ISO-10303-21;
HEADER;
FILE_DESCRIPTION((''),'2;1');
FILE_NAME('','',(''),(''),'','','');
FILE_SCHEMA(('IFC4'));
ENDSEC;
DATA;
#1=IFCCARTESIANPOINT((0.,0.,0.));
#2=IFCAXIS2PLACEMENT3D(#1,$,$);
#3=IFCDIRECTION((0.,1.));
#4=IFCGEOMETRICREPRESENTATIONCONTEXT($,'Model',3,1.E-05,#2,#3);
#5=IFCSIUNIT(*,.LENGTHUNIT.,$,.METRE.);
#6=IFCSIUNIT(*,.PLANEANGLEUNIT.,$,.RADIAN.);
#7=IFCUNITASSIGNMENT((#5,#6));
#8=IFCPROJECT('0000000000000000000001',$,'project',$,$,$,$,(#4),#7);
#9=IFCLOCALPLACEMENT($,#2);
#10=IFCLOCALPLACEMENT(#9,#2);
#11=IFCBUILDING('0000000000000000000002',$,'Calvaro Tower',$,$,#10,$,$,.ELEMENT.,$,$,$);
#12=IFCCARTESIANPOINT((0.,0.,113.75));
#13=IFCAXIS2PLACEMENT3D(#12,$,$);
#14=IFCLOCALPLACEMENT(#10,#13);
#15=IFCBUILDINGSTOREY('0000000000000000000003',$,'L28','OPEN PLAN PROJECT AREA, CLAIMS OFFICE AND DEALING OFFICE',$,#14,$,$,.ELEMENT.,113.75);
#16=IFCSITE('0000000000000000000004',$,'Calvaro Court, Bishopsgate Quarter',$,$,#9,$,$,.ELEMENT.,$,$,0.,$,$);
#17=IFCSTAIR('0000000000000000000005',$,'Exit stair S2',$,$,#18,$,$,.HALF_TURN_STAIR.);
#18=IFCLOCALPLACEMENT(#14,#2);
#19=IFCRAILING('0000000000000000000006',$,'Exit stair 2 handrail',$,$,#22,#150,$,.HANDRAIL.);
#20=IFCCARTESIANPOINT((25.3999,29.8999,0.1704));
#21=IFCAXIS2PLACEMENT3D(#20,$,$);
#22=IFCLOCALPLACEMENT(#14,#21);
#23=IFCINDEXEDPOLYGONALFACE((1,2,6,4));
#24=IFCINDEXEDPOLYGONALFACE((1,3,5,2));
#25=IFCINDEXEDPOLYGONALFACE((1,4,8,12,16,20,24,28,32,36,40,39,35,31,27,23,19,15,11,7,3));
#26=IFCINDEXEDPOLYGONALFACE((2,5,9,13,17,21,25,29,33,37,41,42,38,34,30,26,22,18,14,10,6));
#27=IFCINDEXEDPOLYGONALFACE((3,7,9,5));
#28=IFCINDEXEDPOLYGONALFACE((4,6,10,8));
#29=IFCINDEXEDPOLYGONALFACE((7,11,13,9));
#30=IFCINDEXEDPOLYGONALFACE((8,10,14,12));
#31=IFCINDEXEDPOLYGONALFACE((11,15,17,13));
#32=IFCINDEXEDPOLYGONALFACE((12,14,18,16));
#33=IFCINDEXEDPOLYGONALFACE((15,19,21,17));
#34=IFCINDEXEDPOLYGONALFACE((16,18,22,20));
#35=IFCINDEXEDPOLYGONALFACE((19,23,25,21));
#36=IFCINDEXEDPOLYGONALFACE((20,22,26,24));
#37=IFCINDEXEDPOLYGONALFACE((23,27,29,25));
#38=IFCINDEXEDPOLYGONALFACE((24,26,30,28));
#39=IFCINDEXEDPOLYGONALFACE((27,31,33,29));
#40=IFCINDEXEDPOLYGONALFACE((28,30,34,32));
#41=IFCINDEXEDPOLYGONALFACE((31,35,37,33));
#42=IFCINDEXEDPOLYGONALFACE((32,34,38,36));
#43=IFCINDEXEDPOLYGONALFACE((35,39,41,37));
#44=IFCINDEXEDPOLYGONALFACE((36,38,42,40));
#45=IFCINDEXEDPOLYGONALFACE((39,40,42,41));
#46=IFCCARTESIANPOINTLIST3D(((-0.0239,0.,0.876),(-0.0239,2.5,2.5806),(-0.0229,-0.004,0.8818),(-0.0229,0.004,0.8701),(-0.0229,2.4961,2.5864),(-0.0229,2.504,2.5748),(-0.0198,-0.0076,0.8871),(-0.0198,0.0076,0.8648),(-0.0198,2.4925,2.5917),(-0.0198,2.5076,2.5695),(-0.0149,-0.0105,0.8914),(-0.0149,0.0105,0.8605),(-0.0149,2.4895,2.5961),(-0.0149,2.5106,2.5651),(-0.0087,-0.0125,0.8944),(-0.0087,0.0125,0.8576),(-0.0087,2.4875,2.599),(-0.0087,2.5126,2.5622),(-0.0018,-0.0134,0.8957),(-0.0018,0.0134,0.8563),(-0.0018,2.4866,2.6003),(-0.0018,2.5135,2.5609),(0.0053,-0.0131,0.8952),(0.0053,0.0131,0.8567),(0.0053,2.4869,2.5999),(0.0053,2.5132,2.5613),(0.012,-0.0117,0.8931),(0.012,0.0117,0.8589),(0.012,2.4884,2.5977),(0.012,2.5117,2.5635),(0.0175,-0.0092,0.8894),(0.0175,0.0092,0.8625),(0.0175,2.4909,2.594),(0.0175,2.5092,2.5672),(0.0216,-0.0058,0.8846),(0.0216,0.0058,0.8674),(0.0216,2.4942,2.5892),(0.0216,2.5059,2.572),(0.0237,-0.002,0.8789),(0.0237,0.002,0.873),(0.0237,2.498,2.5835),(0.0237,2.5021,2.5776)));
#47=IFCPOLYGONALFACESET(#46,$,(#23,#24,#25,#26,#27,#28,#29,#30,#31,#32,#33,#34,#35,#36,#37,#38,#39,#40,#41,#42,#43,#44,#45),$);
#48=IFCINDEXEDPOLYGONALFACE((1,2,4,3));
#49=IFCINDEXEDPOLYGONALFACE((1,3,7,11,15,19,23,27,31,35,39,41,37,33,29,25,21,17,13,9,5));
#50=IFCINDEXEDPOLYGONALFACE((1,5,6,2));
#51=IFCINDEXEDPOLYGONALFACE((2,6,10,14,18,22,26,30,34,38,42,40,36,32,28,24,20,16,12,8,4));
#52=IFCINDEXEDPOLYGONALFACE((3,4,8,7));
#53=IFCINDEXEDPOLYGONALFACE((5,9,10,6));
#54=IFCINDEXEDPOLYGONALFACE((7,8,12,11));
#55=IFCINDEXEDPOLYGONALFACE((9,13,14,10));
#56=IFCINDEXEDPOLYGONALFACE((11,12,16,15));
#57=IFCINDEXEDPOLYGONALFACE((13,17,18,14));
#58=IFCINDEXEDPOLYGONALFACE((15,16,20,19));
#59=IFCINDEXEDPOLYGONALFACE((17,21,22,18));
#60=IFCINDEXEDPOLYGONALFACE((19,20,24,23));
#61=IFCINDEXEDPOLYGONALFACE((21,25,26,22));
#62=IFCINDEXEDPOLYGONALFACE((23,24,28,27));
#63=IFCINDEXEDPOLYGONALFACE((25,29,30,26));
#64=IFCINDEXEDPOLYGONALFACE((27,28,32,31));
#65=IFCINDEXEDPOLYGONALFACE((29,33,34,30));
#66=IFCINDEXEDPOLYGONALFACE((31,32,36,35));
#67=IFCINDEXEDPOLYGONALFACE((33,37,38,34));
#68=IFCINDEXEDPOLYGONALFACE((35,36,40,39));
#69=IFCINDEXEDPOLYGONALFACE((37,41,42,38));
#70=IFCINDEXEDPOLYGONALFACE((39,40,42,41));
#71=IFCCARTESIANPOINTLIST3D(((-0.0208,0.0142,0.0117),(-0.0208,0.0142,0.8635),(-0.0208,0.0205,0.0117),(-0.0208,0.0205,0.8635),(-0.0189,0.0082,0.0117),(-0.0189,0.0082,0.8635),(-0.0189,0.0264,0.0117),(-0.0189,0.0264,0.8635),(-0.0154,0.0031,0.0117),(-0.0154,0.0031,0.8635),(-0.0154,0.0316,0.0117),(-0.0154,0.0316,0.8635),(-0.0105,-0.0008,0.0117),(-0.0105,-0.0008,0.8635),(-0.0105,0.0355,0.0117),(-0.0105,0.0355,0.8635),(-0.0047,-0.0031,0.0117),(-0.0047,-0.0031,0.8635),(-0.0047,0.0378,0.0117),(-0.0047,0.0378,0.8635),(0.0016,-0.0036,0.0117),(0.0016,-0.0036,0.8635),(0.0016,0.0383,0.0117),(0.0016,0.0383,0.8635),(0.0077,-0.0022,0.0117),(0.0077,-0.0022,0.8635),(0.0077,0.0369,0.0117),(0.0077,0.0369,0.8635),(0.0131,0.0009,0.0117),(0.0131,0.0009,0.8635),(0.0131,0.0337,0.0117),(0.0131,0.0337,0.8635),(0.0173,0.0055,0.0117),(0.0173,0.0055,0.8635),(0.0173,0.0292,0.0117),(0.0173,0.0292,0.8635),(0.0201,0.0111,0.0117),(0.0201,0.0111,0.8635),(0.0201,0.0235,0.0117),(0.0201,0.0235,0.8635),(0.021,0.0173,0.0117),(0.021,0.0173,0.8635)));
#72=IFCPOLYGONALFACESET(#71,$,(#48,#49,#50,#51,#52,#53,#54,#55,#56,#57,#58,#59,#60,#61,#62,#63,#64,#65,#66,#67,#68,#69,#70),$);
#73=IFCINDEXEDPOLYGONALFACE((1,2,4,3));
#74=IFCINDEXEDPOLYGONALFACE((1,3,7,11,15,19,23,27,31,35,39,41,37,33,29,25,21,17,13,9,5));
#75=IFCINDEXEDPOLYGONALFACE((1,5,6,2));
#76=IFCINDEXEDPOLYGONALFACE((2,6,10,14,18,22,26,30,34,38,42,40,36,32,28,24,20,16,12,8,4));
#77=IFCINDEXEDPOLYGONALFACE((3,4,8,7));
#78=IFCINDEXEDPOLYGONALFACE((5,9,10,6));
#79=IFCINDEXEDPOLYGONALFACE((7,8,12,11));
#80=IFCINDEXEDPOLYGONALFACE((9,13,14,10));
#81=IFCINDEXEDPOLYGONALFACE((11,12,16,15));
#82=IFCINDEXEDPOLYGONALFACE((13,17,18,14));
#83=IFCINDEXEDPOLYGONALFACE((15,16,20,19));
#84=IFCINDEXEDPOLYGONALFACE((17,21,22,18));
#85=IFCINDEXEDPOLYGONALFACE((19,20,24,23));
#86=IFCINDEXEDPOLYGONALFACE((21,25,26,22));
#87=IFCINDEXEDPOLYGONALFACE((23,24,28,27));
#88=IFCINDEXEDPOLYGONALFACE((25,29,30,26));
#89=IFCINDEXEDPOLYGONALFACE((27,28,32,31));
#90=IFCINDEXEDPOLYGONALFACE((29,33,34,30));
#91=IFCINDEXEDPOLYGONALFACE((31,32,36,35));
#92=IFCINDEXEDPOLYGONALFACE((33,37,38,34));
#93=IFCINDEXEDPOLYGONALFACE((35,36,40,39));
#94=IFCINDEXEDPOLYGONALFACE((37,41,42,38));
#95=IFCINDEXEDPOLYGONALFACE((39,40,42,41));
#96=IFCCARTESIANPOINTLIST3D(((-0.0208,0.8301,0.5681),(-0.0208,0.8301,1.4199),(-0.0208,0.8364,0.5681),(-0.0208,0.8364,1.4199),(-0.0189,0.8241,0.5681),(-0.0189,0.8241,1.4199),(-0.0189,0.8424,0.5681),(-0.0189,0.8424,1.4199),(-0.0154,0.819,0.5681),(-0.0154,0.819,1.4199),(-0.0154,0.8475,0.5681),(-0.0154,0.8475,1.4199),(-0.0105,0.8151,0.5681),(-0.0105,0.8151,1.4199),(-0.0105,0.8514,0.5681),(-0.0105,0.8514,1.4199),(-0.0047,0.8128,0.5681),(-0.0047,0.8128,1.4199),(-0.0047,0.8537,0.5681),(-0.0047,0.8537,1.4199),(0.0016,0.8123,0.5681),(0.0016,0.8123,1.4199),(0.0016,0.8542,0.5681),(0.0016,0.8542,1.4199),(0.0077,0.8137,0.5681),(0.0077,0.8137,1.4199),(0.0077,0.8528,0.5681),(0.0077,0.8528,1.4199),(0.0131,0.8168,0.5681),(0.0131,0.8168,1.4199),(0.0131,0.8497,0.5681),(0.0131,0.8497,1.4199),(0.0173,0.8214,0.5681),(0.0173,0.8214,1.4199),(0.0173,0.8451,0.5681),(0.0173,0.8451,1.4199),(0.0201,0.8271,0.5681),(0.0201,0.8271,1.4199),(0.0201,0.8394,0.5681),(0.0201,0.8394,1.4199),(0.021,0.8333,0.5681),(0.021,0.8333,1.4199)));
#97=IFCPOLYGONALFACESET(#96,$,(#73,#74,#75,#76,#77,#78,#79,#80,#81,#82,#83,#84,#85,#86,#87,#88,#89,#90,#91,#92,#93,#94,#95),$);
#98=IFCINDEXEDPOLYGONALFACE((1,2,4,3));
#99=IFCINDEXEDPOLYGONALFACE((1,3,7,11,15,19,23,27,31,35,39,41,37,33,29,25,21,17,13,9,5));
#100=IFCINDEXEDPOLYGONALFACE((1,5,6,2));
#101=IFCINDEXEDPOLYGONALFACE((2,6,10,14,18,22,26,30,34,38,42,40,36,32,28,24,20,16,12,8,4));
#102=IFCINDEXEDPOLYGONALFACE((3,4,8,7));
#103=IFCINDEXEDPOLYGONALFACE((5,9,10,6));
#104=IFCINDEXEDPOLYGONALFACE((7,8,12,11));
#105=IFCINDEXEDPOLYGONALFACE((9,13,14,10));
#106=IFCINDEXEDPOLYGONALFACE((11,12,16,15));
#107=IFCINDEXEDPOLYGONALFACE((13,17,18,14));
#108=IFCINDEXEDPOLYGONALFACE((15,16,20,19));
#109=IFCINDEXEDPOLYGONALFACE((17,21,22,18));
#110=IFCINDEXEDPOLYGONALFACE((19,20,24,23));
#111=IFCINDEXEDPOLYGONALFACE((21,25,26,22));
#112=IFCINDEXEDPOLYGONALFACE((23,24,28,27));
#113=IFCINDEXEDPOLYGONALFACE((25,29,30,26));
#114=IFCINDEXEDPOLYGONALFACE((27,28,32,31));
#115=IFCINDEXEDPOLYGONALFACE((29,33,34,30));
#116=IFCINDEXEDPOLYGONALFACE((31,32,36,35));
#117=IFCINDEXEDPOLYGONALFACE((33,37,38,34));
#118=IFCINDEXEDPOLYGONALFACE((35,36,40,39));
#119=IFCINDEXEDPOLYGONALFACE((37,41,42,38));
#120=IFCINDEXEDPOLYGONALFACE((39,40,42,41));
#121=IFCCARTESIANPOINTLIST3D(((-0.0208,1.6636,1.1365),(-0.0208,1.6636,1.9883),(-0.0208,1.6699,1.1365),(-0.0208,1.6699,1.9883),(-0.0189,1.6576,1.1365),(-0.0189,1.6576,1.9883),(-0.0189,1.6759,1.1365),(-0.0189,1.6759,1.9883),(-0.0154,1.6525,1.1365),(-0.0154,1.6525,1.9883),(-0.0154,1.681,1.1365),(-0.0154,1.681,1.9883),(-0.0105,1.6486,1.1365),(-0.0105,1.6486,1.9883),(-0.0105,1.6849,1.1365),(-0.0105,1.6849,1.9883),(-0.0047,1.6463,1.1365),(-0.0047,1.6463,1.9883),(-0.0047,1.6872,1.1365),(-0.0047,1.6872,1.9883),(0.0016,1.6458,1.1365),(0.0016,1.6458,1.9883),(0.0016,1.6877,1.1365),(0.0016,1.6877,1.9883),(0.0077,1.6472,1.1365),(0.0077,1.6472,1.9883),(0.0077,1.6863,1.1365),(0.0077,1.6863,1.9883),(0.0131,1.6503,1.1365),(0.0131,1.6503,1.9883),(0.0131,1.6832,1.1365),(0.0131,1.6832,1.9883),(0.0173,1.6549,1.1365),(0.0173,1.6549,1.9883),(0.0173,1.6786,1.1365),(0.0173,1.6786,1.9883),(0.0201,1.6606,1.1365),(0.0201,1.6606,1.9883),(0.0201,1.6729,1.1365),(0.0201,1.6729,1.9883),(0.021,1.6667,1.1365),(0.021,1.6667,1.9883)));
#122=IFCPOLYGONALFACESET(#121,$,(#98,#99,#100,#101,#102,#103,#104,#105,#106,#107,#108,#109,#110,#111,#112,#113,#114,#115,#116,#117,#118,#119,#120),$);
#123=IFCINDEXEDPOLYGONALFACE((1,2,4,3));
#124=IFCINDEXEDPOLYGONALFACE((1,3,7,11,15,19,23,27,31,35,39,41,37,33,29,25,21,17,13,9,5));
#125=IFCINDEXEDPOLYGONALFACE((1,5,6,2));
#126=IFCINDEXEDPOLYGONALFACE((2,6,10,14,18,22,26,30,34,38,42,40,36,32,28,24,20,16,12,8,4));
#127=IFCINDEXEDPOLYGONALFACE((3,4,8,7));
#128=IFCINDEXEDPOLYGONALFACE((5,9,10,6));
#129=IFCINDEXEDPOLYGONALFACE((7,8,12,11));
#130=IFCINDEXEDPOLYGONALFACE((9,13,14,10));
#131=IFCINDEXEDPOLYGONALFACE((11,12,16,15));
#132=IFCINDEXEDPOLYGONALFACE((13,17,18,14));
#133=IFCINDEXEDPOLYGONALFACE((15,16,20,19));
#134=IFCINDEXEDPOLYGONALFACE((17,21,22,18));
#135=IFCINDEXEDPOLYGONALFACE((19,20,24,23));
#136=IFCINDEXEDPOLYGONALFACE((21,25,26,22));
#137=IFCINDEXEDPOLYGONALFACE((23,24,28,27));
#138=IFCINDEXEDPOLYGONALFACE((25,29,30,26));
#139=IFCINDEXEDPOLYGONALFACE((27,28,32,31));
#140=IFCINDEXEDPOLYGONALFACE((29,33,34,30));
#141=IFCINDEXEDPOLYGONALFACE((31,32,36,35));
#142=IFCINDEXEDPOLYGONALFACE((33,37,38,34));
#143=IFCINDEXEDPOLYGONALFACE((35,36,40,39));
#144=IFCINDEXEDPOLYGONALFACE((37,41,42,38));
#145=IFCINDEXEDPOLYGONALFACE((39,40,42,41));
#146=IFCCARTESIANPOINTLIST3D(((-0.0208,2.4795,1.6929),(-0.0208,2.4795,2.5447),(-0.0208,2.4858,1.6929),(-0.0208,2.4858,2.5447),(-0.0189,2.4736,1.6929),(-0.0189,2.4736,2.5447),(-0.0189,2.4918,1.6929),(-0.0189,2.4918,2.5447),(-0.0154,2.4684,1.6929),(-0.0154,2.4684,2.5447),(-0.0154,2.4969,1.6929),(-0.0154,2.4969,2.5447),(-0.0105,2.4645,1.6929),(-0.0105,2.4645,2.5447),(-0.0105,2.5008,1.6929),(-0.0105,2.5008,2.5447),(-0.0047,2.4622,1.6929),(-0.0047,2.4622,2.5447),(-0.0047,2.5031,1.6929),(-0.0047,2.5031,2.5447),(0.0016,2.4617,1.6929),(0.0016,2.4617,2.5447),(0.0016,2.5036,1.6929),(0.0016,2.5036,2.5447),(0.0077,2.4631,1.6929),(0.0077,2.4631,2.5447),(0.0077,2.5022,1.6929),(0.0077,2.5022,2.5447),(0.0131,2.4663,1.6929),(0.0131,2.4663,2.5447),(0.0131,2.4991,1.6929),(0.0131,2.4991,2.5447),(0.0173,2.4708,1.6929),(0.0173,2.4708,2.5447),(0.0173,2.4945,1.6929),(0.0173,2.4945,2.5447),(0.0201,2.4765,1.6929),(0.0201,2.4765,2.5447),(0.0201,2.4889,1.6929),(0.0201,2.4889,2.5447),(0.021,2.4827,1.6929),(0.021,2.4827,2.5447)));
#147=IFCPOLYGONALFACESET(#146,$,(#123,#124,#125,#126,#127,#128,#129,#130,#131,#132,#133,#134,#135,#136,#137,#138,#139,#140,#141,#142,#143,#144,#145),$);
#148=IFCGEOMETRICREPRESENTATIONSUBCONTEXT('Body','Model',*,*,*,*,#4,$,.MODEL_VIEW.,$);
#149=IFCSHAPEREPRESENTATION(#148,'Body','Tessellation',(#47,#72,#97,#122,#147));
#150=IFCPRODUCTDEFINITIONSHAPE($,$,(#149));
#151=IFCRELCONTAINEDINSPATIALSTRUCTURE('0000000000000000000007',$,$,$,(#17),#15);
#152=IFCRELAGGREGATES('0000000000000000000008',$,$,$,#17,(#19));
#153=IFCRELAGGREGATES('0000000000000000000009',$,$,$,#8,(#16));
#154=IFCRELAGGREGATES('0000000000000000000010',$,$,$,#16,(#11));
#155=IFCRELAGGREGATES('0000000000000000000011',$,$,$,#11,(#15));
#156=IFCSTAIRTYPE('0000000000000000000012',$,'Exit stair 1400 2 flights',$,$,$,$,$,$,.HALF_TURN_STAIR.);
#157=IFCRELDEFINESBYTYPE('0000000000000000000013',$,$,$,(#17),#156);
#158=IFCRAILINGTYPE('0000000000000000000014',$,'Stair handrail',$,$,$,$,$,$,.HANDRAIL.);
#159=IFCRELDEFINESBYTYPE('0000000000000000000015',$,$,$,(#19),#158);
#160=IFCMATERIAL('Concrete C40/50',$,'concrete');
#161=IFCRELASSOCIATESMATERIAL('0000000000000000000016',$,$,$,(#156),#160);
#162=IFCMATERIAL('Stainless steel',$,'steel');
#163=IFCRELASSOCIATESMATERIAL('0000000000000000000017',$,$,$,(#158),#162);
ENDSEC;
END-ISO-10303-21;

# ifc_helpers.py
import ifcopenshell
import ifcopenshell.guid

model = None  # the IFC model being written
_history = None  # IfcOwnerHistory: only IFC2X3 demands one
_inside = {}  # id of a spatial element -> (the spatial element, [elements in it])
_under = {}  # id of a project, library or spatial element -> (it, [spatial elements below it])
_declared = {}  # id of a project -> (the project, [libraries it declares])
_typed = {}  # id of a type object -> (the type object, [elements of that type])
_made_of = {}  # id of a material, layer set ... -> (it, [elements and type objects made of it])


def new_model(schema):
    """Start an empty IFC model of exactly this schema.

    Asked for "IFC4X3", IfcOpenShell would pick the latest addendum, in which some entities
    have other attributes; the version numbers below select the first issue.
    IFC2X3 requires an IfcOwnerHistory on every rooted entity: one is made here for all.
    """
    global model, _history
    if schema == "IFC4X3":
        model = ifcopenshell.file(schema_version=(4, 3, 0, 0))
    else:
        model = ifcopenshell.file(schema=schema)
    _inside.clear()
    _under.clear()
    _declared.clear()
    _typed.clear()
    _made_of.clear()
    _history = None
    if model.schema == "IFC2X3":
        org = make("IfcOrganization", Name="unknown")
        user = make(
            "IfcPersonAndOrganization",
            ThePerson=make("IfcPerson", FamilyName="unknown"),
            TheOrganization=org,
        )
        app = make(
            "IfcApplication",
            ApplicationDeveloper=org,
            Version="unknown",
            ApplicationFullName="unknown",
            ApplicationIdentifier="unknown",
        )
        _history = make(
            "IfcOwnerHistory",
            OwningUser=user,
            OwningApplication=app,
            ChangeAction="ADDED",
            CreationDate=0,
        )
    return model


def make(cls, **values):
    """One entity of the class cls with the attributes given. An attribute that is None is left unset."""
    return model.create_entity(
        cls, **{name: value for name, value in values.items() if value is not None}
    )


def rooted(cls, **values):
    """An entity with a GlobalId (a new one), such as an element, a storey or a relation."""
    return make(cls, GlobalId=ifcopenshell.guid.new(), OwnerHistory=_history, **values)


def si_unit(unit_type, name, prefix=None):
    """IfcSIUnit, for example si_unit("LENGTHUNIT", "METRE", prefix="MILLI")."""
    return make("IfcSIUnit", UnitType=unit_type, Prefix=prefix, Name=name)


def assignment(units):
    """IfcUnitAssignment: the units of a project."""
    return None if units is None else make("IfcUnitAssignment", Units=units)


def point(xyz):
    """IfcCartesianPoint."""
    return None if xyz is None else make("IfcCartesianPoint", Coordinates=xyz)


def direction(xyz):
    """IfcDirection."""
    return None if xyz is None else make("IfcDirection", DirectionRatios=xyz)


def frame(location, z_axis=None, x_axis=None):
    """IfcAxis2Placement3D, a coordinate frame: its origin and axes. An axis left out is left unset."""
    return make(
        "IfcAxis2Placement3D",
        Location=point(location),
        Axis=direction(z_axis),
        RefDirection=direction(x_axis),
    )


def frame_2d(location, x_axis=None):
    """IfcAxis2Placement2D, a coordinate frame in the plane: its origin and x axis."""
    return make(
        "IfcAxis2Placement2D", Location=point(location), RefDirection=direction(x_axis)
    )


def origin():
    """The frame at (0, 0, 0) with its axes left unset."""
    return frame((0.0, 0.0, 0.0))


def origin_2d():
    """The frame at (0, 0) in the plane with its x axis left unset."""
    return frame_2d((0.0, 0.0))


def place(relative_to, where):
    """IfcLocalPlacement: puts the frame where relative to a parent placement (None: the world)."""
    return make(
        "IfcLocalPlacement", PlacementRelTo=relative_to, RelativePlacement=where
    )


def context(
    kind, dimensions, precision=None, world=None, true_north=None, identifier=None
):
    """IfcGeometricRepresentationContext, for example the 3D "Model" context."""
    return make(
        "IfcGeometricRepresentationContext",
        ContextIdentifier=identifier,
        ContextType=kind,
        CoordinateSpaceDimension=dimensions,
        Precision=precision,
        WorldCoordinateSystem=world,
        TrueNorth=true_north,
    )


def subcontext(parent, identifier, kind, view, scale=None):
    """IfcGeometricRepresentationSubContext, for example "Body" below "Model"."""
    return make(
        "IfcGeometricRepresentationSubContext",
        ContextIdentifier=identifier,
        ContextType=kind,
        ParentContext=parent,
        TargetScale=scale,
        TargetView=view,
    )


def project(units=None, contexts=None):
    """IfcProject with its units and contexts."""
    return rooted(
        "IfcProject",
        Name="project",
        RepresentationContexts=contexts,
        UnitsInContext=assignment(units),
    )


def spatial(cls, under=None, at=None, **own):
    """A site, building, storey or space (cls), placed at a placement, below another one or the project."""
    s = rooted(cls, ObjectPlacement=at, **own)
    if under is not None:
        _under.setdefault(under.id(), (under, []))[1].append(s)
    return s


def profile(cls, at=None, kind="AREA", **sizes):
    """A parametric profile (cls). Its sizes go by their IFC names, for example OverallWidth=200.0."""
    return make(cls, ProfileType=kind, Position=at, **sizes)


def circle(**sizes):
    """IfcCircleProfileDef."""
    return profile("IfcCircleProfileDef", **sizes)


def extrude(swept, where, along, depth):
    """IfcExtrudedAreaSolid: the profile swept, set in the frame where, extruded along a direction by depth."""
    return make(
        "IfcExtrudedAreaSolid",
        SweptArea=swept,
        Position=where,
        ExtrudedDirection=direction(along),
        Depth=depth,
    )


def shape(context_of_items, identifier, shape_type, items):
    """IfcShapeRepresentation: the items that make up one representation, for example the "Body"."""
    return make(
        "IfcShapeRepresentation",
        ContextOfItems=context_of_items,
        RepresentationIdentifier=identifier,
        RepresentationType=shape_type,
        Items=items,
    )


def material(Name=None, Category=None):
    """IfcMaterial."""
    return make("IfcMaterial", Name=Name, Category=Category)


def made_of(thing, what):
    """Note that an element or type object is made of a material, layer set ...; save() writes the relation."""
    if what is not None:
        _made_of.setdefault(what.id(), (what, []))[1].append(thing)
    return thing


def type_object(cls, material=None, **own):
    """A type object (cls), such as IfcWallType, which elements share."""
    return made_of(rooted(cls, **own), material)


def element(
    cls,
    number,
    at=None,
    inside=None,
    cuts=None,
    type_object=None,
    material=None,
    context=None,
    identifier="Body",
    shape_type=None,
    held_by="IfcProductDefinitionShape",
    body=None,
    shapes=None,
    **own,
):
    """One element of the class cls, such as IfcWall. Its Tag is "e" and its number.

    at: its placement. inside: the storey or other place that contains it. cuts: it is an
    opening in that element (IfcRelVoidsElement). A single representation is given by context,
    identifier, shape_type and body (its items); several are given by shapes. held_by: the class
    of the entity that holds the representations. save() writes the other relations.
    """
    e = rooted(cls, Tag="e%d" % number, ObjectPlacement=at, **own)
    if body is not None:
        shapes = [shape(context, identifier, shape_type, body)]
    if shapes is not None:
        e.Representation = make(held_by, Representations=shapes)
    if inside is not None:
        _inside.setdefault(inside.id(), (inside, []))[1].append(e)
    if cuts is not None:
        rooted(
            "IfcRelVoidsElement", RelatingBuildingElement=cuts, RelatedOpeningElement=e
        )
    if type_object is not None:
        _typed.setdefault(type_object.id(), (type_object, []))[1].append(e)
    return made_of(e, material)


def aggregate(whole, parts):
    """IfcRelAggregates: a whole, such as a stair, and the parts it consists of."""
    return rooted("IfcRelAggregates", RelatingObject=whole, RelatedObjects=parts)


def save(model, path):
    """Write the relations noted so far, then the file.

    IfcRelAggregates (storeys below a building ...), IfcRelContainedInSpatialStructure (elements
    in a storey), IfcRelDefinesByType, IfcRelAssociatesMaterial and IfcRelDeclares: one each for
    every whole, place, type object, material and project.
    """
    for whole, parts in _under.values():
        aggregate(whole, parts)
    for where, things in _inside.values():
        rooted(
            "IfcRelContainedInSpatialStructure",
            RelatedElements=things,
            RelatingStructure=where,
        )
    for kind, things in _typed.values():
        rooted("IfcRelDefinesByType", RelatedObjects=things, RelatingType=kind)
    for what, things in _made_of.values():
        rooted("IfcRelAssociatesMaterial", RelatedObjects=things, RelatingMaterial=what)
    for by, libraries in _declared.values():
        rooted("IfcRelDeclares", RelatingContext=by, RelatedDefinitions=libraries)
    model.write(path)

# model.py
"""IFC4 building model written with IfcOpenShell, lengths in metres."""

from ifc_helpers import new_model, si_unit, direction, frame, origin, origin_2d, place, context, subcontext, project, spatial, circle, extrude, material, type_object, element, aggregate, save


model = new_model("IFC4")

# Units and contexts
model_context = context("Model", 3, precision=1e-05, world=origin(), true_north=direction((0.0, 1.0)))
body_context = subcontext(model_context, "Body", "Model", "MODEL_VIEW")
ifc_project = project(units=[si_unit("LENGTHUNIT", "METRE"), si_unit("PLANEANGLEUNIT", "RADIAN")], contexts=[model_context])

# Site, building, storey
site_placement = place(None, origin())
site = spatial("IfcSite", under=ifc_project, at=site_placement, Name="Calvaro Court, Bishopsgate Quarter", CompositionType="ELEMENT", RefElevation=0.0)
building_placement = place(site_placement, origin())
building = spatial("IfcBuilding", under=site, at=building_placement, Name="Calvaro Tower", CompositionType="ELEMENT")
storey_placement = place(building_placement, frame((0.0, 0.0, 113.75)))
storey = spatial("IfcBuildingStorey", under=building, at=storey_placement, Name="L28", Description="OPEN PLAN PROJECT AREA, CLAIMS OFFICE AND DEALING OFFICE", CompositionType="ELEMENT", Elevation=113.75)

# Stair, railing
ifc_material_1 = material(Name="Concrete C40/50", Category="concrete")
stair_type = type_object("IfcStairType", Name="Exit stair 1400 2 flights", PredefinedType="HALF_TURN_STAIR", material=ifc_material_1)
stair_placement = place(storey_placement, origin())
stair = element("IfcStair", 1, at=stair_placement, inside=storey, type_object=stair_type, Name="Exit stair S2", PredefinedType="HALF_TURN_STAIR")
ifc_material_2 = material(Name="Stainless steel", Category="steel")
railing_type = type_object("IfcRailingType", Name="Stair handrail", PredefinedType="HANDRAIL", material=ifc_material_2)
railing_1_placement = place(storey_placement, frame((25.3999, 29.8999, 0.1704)))
railing_1 = element("IfcRailing", 2, at=railing_1_placement, type_object=railing_type, Name="Exit stair 2 handrail", PredefinedType="HANDRAIL", context=body_context, shape_type="SweptSolid", body=[
    extrude(circle(Radius=0.0239, at=origin_2d()), frame((0.0, 0.0, 0.876), z_axis=(0.0, 0.826221, 0.563347), x_axis=(-1.0, 0.0, 0.0)), (0.0, 0.0, 1.0), 3.0259),
    extrude(circle(Radius=0.021, at=origin_2d()), frame((0.0, 0.0173, 0.0117)), (0.0, 0.0, 1.0), 0.8518),
    extrude(circle(Radius=0.021, at=origin_2d()), frame((0.0, 0.8333, 0.5681)), (0.0, 0.0, 1.0), 0.8518),
    extrude(circle(Radius=0.021, at=origin_2d()), frame((0.0, 1.6667, 1.1365)), (0.0, 0.0, 1.0), 0.8518),
    extrude(circle(Radius=0.021, at=origin_2d()), frame((0.0, 2.4827, 1.6929)), (0.0, 0.0, 1.0), 0.8518),
])
aggregate(stair, [railing_1])

save(model, "model.ifc")
